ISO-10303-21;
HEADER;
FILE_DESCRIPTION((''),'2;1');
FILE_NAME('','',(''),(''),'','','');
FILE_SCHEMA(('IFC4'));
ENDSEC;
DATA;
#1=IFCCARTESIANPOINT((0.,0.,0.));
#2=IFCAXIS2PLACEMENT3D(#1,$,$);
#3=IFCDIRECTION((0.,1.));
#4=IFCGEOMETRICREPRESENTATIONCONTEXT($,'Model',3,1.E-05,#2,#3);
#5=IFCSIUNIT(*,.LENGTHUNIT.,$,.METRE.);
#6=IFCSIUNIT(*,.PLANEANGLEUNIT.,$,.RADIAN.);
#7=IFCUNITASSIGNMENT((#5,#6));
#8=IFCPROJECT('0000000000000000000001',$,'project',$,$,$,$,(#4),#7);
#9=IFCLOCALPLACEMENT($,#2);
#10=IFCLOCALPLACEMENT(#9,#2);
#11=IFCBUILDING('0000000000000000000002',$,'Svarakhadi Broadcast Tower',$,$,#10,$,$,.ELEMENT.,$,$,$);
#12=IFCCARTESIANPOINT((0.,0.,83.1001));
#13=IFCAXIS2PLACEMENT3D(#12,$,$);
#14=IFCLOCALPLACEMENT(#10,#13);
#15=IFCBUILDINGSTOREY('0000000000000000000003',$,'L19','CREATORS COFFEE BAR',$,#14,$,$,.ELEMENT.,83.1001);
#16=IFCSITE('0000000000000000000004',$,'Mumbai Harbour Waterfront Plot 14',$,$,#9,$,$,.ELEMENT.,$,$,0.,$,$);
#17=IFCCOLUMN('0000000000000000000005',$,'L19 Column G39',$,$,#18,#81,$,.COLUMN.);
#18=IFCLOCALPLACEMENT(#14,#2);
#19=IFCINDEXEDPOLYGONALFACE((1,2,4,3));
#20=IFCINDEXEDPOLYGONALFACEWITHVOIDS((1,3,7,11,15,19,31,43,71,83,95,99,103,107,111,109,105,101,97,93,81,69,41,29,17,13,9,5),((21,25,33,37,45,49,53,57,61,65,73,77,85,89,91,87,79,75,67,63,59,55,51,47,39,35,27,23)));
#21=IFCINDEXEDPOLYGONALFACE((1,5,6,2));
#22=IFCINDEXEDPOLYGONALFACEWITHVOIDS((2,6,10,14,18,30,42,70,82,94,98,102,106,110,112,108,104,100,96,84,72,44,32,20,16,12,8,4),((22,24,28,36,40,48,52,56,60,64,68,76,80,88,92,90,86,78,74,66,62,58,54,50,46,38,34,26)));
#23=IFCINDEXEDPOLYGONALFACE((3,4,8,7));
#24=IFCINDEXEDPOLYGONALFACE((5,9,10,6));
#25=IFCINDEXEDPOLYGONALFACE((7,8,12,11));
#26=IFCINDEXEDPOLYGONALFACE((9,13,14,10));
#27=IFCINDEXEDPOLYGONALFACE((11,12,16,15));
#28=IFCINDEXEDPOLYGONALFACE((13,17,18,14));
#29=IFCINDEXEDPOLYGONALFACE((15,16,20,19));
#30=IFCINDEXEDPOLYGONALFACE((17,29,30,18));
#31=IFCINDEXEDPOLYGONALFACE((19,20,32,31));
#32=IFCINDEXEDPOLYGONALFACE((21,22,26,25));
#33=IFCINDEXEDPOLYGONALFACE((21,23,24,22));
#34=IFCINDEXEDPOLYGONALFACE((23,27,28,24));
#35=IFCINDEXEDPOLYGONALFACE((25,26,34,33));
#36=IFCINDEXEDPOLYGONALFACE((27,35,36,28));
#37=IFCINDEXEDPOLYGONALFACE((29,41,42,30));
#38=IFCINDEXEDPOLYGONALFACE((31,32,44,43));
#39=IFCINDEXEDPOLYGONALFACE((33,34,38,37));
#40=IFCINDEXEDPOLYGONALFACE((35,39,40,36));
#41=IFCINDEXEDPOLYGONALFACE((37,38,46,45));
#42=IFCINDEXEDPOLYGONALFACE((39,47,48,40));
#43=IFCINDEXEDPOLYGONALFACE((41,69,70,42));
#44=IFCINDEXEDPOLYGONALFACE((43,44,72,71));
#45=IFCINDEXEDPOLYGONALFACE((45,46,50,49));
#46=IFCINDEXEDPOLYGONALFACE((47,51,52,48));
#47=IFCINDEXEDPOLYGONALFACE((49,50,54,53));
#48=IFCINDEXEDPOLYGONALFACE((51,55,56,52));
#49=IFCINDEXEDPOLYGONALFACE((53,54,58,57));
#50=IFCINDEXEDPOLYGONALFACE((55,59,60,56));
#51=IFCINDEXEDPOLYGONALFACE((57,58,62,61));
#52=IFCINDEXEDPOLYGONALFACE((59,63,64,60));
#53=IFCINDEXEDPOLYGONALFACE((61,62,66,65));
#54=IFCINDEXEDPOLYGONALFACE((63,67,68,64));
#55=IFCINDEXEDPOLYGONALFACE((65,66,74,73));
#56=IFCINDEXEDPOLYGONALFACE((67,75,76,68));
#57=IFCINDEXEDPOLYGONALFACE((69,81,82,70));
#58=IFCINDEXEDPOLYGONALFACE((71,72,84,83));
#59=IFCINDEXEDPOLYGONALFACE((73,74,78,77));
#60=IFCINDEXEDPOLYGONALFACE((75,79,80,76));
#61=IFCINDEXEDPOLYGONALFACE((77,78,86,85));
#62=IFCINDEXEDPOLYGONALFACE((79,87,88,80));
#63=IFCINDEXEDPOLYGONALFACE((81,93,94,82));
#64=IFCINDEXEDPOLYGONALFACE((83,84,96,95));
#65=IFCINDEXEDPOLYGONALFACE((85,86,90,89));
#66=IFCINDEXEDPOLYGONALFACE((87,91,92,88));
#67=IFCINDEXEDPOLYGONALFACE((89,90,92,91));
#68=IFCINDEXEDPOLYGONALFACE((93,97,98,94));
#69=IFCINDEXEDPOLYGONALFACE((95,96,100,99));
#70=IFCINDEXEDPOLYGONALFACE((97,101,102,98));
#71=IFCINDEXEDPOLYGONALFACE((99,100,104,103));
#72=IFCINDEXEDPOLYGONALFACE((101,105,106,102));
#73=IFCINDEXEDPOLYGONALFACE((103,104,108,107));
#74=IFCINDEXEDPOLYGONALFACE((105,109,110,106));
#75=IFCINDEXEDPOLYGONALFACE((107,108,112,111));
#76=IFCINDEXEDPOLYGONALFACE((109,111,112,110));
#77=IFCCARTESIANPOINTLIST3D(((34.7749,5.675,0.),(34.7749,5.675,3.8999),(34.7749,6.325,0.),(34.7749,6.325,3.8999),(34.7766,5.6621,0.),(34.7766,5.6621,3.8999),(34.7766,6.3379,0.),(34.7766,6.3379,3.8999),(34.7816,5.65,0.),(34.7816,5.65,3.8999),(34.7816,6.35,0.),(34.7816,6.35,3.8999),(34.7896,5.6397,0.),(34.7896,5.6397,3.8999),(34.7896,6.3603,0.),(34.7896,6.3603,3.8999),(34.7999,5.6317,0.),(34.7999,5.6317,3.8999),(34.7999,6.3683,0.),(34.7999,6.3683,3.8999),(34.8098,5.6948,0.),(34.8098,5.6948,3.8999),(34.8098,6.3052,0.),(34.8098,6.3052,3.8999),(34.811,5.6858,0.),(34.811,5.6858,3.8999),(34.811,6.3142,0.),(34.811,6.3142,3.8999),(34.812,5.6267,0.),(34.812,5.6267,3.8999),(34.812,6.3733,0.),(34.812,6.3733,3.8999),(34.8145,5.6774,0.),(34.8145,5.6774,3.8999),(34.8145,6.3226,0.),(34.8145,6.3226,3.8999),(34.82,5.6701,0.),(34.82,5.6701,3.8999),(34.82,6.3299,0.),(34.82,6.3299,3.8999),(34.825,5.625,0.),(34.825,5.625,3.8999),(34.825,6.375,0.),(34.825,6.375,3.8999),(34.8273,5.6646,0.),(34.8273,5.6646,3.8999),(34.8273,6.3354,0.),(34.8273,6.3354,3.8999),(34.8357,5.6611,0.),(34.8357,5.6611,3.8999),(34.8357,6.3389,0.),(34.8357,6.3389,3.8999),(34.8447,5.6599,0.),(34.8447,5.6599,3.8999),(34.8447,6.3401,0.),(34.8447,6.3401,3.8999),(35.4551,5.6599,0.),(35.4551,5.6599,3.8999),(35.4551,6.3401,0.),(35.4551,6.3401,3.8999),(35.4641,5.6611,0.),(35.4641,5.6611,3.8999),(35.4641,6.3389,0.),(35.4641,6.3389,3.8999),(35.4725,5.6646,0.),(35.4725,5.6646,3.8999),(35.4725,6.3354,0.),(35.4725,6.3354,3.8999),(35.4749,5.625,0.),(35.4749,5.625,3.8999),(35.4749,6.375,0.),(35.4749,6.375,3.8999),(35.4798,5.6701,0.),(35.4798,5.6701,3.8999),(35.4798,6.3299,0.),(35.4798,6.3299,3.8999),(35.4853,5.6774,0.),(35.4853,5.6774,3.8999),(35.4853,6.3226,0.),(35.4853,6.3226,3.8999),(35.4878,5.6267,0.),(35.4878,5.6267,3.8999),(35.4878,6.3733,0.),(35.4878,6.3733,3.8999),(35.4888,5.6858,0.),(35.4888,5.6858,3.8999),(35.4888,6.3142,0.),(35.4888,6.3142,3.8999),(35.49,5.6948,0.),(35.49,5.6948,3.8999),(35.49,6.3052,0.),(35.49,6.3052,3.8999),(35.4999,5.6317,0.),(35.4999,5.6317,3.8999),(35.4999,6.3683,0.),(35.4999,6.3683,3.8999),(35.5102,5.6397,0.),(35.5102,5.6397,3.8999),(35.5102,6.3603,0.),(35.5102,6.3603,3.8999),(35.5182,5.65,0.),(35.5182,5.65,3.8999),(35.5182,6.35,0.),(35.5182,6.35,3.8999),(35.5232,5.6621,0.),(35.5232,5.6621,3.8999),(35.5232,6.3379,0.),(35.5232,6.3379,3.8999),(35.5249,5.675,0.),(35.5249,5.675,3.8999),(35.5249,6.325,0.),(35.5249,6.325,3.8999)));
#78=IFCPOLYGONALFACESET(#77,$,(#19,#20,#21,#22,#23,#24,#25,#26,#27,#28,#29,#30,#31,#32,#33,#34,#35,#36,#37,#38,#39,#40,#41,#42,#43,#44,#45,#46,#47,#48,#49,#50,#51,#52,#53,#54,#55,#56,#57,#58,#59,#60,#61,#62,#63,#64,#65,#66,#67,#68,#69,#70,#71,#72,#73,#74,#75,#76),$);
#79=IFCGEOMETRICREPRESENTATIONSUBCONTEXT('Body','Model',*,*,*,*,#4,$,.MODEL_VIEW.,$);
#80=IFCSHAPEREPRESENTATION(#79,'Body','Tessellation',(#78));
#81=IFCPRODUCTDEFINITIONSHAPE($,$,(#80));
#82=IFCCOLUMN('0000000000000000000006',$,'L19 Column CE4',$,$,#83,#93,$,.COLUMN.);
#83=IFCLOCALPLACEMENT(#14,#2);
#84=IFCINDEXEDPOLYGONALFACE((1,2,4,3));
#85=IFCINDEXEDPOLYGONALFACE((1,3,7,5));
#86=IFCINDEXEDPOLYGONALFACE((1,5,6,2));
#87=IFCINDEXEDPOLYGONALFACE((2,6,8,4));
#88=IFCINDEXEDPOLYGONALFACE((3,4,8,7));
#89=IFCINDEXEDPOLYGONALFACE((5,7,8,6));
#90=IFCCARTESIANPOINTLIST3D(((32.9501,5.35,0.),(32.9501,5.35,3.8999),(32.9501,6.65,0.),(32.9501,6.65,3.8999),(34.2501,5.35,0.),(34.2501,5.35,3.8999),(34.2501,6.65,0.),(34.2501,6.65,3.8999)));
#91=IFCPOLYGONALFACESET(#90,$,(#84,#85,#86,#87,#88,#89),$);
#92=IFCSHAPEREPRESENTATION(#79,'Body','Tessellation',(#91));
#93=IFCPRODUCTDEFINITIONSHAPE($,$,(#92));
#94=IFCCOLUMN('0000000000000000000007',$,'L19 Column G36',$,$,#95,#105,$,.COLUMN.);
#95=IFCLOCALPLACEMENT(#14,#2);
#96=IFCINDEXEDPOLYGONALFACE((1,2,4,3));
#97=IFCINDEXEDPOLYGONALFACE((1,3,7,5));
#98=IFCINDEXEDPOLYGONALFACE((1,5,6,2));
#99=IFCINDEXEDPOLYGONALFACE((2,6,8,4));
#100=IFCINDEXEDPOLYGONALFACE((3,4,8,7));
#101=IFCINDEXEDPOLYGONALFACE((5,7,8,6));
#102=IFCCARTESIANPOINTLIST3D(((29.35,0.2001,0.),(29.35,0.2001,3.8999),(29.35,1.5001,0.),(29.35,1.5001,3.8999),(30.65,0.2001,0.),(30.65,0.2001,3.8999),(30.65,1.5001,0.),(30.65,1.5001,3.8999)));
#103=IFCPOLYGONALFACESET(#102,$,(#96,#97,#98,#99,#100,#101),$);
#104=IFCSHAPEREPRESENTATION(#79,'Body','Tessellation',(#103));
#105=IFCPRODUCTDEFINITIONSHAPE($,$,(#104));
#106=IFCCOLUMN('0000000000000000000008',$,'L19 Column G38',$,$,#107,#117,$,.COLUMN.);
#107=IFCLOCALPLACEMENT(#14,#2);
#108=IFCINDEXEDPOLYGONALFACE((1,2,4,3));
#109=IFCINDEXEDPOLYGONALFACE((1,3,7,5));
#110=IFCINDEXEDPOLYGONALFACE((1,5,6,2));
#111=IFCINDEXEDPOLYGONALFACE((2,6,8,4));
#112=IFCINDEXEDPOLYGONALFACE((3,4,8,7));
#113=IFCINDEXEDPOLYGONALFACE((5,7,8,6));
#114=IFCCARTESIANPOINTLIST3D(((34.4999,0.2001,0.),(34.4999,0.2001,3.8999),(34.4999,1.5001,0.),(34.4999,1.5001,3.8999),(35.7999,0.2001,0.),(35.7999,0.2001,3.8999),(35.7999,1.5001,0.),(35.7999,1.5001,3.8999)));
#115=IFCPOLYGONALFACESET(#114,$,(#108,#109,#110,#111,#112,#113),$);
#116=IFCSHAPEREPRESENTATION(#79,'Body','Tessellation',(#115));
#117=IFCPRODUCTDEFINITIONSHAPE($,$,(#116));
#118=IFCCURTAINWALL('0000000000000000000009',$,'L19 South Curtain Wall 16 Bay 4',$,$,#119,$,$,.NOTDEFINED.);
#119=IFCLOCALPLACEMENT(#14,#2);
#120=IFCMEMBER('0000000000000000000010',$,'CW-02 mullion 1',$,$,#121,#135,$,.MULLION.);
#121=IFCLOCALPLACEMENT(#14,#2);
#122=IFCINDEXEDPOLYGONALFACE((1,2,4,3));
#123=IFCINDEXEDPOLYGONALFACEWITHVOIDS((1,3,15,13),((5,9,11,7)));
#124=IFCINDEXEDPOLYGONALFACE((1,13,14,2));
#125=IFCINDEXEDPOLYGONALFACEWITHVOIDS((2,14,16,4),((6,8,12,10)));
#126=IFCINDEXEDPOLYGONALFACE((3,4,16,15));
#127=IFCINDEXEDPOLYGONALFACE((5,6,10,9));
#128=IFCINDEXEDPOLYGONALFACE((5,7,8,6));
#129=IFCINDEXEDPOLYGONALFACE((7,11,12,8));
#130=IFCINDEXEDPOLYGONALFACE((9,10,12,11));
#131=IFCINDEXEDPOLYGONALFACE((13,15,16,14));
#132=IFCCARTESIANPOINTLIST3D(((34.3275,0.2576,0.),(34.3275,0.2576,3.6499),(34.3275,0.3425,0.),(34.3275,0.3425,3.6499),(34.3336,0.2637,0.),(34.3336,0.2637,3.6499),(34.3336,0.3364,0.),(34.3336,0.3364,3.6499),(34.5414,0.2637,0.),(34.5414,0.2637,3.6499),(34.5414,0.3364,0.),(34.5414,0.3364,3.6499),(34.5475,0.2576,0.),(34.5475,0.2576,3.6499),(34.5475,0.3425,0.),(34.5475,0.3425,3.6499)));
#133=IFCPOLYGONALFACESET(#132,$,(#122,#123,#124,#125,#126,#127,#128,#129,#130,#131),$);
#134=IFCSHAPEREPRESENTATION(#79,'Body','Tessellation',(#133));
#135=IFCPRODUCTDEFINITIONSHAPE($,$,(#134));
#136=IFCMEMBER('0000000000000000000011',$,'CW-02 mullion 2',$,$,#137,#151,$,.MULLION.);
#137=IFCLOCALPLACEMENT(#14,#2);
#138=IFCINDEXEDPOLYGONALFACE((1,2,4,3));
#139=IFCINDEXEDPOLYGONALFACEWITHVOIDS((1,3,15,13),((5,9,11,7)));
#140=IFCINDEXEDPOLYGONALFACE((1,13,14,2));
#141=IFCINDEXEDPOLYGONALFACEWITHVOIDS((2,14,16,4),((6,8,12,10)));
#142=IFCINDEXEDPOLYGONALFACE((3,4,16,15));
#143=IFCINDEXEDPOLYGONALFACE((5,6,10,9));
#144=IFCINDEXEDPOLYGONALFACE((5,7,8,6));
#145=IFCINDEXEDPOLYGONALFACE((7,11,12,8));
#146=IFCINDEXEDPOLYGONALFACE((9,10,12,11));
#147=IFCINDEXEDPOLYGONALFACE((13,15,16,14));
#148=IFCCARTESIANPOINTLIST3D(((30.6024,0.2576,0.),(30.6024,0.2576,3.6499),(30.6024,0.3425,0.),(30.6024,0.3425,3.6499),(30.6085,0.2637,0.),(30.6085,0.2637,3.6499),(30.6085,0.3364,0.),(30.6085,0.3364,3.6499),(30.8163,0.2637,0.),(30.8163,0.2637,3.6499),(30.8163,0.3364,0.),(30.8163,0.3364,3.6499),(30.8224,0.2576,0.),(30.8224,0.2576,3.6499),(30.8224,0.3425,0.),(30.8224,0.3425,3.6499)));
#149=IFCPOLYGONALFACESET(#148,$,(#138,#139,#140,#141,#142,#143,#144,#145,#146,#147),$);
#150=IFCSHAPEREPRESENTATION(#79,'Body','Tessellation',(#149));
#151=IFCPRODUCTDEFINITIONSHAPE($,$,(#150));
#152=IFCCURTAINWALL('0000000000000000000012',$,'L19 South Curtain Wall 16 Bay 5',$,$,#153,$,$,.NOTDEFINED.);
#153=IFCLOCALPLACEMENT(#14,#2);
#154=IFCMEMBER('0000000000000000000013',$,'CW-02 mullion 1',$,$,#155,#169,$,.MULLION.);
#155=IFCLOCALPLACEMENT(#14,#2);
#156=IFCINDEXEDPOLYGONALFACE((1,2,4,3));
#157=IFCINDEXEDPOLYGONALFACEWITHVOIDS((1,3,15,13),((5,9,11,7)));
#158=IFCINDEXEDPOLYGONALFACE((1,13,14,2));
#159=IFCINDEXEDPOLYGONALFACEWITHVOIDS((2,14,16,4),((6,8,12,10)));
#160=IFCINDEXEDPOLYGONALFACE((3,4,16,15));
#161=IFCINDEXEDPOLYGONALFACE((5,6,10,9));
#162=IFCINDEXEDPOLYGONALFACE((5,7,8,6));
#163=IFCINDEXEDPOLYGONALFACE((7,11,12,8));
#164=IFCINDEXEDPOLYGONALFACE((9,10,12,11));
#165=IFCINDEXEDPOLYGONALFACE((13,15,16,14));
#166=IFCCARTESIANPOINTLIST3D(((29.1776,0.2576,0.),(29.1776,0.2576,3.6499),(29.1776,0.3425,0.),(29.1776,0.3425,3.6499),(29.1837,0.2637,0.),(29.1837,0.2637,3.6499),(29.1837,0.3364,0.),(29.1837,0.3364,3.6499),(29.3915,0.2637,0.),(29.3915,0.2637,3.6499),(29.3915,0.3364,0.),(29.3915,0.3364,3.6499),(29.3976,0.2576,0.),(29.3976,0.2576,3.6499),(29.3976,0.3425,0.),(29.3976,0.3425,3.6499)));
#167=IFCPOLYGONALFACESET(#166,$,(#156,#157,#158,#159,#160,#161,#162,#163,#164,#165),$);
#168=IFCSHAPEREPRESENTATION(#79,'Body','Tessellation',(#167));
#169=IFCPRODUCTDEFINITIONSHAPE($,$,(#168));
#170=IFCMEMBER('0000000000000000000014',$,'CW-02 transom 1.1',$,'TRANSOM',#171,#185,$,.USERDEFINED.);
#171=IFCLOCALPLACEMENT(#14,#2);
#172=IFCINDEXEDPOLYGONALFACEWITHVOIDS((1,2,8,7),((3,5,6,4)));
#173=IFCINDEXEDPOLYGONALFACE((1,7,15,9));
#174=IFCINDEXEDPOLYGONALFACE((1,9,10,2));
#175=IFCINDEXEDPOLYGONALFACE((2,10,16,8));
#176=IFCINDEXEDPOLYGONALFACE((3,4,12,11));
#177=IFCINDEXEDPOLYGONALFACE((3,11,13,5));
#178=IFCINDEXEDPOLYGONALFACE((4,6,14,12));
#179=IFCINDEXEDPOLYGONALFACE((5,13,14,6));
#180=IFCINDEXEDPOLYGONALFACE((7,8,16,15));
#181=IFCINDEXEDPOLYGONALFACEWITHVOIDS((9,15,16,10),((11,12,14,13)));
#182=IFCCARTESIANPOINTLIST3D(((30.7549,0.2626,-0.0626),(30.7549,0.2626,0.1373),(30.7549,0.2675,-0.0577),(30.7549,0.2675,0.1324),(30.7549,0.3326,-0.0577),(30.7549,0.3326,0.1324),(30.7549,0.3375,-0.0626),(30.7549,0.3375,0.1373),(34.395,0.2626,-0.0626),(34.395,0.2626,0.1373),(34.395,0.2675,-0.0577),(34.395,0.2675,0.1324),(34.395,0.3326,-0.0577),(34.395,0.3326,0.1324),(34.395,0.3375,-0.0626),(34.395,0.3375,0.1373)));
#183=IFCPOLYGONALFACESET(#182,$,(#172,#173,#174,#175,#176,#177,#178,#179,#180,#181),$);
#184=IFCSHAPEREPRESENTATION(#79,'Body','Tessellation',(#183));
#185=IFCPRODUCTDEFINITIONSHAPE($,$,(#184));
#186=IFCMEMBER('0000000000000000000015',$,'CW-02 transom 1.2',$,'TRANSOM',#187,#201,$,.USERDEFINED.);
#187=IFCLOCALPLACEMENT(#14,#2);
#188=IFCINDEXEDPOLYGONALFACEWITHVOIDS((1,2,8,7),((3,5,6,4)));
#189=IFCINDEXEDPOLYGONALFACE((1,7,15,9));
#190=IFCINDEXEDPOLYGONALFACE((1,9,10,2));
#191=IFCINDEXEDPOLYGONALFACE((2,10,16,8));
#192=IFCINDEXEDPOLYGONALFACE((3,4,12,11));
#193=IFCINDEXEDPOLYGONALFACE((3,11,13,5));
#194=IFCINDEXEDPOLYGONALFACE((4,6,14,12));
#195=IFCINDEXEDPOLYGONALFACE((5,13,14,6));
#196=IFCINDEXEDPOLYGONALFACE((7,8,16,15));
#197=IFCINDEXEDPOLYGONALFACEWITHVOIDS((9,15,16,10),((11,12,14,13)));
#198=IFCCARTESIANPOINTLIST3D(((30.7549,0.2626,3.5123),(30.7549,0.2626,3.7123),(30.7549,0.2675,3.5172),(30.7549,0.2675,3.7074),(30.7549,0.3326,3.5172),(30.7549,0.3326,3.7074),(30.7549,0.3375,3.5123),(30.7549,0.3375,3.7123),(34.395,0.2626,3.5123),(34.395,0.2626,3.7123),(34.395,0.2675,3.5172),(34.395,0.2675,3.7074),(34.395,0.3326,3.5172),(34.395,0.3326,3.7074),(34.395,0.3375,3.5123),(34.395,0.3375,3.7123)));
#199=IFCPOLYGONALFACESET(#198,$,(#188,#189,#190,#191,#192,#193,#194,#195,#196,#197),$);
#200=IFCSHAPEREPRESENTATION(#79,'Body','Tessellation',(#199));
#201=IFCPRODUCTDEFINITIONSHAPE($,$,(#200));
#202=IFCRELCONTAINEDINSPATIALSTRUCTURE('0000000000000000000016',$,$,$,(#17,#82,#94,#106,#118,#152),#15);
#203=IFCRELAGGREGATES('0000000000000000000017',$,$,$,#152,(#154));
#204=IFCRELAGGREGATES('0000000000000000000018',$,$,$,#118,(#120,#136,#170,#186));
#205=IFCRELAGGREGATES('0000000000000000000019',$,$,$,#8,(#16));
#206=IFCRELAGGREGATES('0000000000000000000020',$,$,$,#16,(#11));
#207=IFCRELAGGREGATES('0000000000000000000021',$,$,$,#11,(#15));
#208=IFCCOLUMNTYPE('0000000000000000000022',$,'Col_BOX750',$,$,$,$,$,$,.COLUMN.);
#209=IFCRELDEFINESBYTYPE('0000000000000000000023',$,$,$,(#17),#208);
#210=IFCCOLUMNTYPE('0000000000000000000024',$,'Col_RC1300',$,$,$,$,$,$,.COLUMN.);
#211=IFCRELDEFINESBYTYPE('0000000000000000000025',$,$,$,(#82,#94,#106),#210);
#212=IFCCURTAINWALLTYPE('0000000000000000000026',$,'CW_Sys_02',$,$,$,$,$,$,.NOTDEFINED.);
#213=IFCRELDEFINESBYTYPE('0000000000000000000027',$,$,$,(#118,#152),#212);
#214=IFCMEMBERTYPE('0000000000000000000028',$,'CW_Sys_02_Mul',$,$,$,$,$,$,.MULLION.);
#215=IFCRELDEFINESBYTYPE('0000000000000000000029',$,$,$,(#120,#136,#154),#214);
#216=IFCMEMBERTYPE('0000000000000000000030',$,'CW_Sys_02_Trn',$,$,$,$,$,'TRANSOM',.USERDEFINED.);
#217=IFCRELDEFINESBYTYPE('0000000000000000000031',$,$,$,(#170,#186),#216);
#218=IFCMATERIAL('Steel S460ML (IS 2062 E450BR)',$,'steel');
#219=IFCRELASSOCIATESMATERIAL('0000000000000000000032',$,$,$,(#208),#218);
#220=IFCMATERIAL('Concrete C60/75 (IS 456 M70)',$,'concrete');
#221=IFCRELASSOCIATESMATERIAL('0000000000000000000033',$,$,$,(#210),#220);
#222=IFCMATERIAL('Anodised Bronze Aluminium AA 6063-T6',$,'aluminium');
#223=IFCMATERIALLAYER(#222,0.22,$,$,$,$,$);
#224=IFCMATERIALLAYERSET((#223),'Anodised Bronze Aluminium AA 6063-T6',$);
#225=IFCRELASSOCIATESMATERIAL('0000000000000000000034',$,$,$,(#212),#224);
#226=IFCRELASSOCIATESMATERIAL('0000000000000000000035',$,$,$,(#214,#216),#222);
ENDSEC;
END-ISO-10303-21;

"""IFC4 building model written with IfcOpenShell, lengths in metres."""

from ifc_helpers import new_model, si_unit, direction, frame, origin, origin_2d, place, context, subcontext, project, spatial, rectangle, hollow_rectangle, extrude, material, layer, layer_set, material_profile, profile_set, type_object, element, aggregate, save


model = new_model("IFC4")

# Units and contexts
model_context = context("Model", 3, precision=1e-05, world=origin(), true_north=direction((0.0, 1.0)))
body_context = subcontext(model_context, "Body", "Model", "MODEL_VIEW")
ifc_project = project(units=[si_unit("LENGTHUNIT", "METRE"), si_unit("PLANEANGLEUNIT", "RADIAN")], contexts=[model_context])

# Site, building, storey
site_placement = place(None, origin())
site = spatial("IfcSite", under=ifc_project, at=site_placement, Name="Mumbai Harbour Waterfront Plot 14", CompositionType="ELEMENT", RefElevation=0.0)
building_placement = place(site_placement, origin())
building = spatial("IfcBuilding", under=site, at=building_placement, Name="Svarakhadi Broadcast Tower", CompositionType="ELEMENT")
storey_placement = place(building_placement, frame((0.0, 0.0, 83.1001)))
storey = spatial("IfcBuildingStorey", under=building, at=storey_placement, Name="L19", Description="CREATORS COFFEE BAR", CompositionType="ELEMENT", Elevation=83.1001)

# Columns
ifc_material_1 = material(Name="Steel S460ML (IS 2062 E450BR)", Category="steel")
ifc_material_profile_1 = material_profile(ifc_material_1, hollow_rectangle(XDim=0.75, YDim=0.75, WallThickness=0.0349, InnerFilletRadius=0.0349, OuterFilletRadius=0.05, at=origin_2d()), Name="BOX 750x750x35")
ifc_profile_set_1 = profile_set([ifc_material_profile_1], Name="Steel S460ML (IS 2062 E450BR)")
column_type_1 = type_object("IfcColumnType", Name="Col_BOX750", PredefinedType="COLUMN", material=ifc_profile_set_1)
column_placement = place(storey_placement, frame((35.1499, 6.0, 0.0), z_axis=(0.0, 0.0, 1.0), x_axis=(1.0, 0.0, 0.0)))
element("IfcColumn", 1, at=column_placement, inside=storey, type_object=column_type_1, Name="L19 Column G39", PredefinedType="COLUMN", context=body_context, shape_type="SweptSolid", body=[
    extrude(hollow_rectangle(XDim=0.75, YDim=0.75, WallThickness=0.0349, InnerFilletRadius=0.0349, OuterFilletRadius=0.05, at=origin_2d()), origin(), (0.0, 0.0, 1.0), 3.8999),
])
ifc_material_2 = material(Name="Concrete C60/75 (IS 456 M70)", Category="concrete")
ifc_material_profile_2 = material_profile(ifc_material_2, rectangle(XDim=1.3, YDim=1.3, at=origin_2d()), Name="RC 1300x1300")
ifc_profile_set_2 = profile_set([ifc_material_profile_2], Name="Concrete C60/75 (IS 456 M70)")
column_type_2 = type_object("IfcColumnType", Name="Col_RC1300", PredefinedType="COLUMN", material=ifc_profile_set_2)
for number, where, z_axis, x_axis, name in (
    (2, (33.6001, 6.0, 0.0), (0.0, 0.0, 1.0), (1.0, 0.0, 0.0), "L19 Column CE4"),
    (3, (30.0, 0.8501, 0.0), (0.0, 0.0, 1.0), (1.0, 0.0, 0.0), "L19 Column G36"),
    (4, (35.1499, 0.8501, 0.0), (0.0, 0.0, 1.0), (1.0, 0.0, 0.0), "L19 Column G38"),
):
    element("IfcColumn", number, at=place(storey_placement, frame(where, z_axis=z_axis, x_axis=x_axis)), inside=storey, type_object=column_type_2, Name=name, PredefinedType="COLUMN", context=body_context, shape_type="SweptSolid", body=[
        extrude(rectangle(XDim=1.3, YDim=1.3, at=origin_2d()), origin(), (0.0, 0.0, 1.0), 3.8999),
    ])

# Curtain wall, members
ifc_material_3 = material(Name="Anodised Bronze Aluminium AA 6063-T6", Category="aluminium")
ifc_layer_1 = layer(ifc_material_3, 0.22)
ifc_layer_set_1 = layer_set([ifc_layer_1], Name="Anodised Bronze Aluminium AA 6063-T6")
curtain_wall_type = type_object("IfcCurtainWallType", Name="CW_Sys_02", PredefinedType="NOTDEFINED", material=ifc_layer_set_1)
curtain_wall_1_placement = place(storey_placement, origin())
curtain_wall_1 = element("IfcCurtainWall", 5, at=curtain_wall_1_placement, inside=storey, type_object=curtain_wall_type, Name="L19 South Curtain Wall 16 Bay 4", PredefinedType="NOTDEFINED")
ifc_material_profile_3 = material_profile(ifc_material_3, hollow_rectangle(XDim=0.085, YDim=0.22, WallThickness=0.0061, at=origin_2d()), Name="ALU MULLION 220x85x6")
ifc_profile_set_3 = profile_set([ifc_material_profile_3], Name="Anodised Bronze Aluminium AA 6063-T6")
member_type_1 = type_object("IfcMemberType", Name="CW_Sys_02_Mul", PredefinedType="MULLION", material=ifc_profile_set_3)
member_1_placement = place(storey_placement, frame((34.4375, 0.3, 0.0), z_axis=(0.0, 0.0, 1.0), x_axis=(0.0, -1.0, 0.0)))
member_1 = element("IfcMember", 6, at=member_1_placement, type_object=member_type_1, Name="CW-02 mullion 1", PredefinedType="MULLION", context=body_context, shape_type="SweptSolid", body=[
    extrude(hollow_rectangle(XDim=0.085, YDim=0.22, WallThickness=0.0061, at=origin_2d()), origin(), (0.0, 0.0, 1.0), 3.6499),
])
member_2_placement = place(storey_placement, frame((30.7124, 0.3, 0.0), z_axis=(0.0, 0.0, 1.0), x_axis=(0.0, -1.0, 0.0)))
member_2 = element("IfcMember", 7, at=member_2_placement, type_object=member_type_1, Name="CW-02 mullion 2", PredefinedType="MULLION", context=body_context, shape_type="SweptSolid", body=[
    extrude(hollow_rectangle(XDim=0.085, YDim=0.22, WallThickness=0.0061, at=origin_2d()), origin(), (0.0, 0.0, 1.0), 3.6499),
])

# Curtain wall, member
curtain_wall_2_placement = place(storey_placement, origin())
curtain_wall_2 = element("IfcCurtainWall", 8, at=curtain_wall_2_placement, inside=storey, type_object=curtain_wall_type, Name="L19 South Curtain Wall 16 Bay 5", PredefinedType="NOTDEFINED")
member_3_placement = place(storey_placement, frame((29.2876, 0.3, 0.0), z_axis=(0.0, 0.0, 1.0), x_axis=(0.0, -1.0, 0.0)))
member_3 = element("IfcMember", 9, at=member_3_placement, type_object=member_type_1, Name="CW-02 mullion 1", PredefinedType="MULLION", context=body_context, shape_type="SweptSolid", body=[
    extrude(hollow_rectangle(XDim=0.085, YDim=0.22, WallThickness=0.0061, at=origin_2d()), origin(), (0.0, 0.0, 1.0), 3.6499),
])

# Members
ifc_material_profile_4 = material_profile(ifc_material_3, hollow_rectangle(XDim=0.075, YDim=0.2, WallThickness=0.0049, at=origin_2d()), Name="ALU TRANSOM 200x75x5")
ifc_profile_set_4 = profile_set([ifc_material_profile_4], Name="Anodised Bronze Aluminium AA 6063-T6")
member_type_2 = type_object("IfcMemberType", Name="CW_Sys_02_Trn", ElementType="TRANSOM", PredefinedType="USERDEFINED", material=ifc_profile_set_4)
member_4_placement = place(storey_placement, frame((34.395, 0.3, 0.0374), z_axis=(-1.0, 0.0, 0.0), x_axis=(0.0, -1.0, 0.0)))
member_4 = element("IfcMember", 10, at=member_4_placement, type_object=member_type_2, Name="CW-02 transom 1.1", ObjectType="TRANSOM", PredefinedType="USERDEFINED", context=body_context, shape_type="SweptSolid", body=[
    extrude(hollow_rectangle(XDim=0.075, YDim=0.2, WallThickness=0.0049, at=origin_2d()), origin(), (0.0, 0.0, 1.0), 3.6401),
])
member_5_placement = place(storey_placement, frame((34.395, 0.3, 3.6123), z_axis=(-1.0, 0.0, 0.0), x_axis=(0.0, -1.0, 0.0)))
member_5 = element("IfcMember", 11, at=member_5_placement, type_object=member_type_2, Name="CW-02 transom 1.2", ObjectType="TRANSOM", PredefinedType="USERDEFINED", context=body_context, shape_type="SweptSolid", body=[
    extrude(hollow_rectangle(XDim=0.075, YDim=0.2, WallThickness=0.0049, at=origin_2d()), origin(), (0.0, 0.0, 1.0), 3.6401),
])
aggregate(curtain_wall_2, [member_3])

aggregate(curtain_wall_1, [member_1, member_2, member_4, member_5])

save(model, "model.ifc")
